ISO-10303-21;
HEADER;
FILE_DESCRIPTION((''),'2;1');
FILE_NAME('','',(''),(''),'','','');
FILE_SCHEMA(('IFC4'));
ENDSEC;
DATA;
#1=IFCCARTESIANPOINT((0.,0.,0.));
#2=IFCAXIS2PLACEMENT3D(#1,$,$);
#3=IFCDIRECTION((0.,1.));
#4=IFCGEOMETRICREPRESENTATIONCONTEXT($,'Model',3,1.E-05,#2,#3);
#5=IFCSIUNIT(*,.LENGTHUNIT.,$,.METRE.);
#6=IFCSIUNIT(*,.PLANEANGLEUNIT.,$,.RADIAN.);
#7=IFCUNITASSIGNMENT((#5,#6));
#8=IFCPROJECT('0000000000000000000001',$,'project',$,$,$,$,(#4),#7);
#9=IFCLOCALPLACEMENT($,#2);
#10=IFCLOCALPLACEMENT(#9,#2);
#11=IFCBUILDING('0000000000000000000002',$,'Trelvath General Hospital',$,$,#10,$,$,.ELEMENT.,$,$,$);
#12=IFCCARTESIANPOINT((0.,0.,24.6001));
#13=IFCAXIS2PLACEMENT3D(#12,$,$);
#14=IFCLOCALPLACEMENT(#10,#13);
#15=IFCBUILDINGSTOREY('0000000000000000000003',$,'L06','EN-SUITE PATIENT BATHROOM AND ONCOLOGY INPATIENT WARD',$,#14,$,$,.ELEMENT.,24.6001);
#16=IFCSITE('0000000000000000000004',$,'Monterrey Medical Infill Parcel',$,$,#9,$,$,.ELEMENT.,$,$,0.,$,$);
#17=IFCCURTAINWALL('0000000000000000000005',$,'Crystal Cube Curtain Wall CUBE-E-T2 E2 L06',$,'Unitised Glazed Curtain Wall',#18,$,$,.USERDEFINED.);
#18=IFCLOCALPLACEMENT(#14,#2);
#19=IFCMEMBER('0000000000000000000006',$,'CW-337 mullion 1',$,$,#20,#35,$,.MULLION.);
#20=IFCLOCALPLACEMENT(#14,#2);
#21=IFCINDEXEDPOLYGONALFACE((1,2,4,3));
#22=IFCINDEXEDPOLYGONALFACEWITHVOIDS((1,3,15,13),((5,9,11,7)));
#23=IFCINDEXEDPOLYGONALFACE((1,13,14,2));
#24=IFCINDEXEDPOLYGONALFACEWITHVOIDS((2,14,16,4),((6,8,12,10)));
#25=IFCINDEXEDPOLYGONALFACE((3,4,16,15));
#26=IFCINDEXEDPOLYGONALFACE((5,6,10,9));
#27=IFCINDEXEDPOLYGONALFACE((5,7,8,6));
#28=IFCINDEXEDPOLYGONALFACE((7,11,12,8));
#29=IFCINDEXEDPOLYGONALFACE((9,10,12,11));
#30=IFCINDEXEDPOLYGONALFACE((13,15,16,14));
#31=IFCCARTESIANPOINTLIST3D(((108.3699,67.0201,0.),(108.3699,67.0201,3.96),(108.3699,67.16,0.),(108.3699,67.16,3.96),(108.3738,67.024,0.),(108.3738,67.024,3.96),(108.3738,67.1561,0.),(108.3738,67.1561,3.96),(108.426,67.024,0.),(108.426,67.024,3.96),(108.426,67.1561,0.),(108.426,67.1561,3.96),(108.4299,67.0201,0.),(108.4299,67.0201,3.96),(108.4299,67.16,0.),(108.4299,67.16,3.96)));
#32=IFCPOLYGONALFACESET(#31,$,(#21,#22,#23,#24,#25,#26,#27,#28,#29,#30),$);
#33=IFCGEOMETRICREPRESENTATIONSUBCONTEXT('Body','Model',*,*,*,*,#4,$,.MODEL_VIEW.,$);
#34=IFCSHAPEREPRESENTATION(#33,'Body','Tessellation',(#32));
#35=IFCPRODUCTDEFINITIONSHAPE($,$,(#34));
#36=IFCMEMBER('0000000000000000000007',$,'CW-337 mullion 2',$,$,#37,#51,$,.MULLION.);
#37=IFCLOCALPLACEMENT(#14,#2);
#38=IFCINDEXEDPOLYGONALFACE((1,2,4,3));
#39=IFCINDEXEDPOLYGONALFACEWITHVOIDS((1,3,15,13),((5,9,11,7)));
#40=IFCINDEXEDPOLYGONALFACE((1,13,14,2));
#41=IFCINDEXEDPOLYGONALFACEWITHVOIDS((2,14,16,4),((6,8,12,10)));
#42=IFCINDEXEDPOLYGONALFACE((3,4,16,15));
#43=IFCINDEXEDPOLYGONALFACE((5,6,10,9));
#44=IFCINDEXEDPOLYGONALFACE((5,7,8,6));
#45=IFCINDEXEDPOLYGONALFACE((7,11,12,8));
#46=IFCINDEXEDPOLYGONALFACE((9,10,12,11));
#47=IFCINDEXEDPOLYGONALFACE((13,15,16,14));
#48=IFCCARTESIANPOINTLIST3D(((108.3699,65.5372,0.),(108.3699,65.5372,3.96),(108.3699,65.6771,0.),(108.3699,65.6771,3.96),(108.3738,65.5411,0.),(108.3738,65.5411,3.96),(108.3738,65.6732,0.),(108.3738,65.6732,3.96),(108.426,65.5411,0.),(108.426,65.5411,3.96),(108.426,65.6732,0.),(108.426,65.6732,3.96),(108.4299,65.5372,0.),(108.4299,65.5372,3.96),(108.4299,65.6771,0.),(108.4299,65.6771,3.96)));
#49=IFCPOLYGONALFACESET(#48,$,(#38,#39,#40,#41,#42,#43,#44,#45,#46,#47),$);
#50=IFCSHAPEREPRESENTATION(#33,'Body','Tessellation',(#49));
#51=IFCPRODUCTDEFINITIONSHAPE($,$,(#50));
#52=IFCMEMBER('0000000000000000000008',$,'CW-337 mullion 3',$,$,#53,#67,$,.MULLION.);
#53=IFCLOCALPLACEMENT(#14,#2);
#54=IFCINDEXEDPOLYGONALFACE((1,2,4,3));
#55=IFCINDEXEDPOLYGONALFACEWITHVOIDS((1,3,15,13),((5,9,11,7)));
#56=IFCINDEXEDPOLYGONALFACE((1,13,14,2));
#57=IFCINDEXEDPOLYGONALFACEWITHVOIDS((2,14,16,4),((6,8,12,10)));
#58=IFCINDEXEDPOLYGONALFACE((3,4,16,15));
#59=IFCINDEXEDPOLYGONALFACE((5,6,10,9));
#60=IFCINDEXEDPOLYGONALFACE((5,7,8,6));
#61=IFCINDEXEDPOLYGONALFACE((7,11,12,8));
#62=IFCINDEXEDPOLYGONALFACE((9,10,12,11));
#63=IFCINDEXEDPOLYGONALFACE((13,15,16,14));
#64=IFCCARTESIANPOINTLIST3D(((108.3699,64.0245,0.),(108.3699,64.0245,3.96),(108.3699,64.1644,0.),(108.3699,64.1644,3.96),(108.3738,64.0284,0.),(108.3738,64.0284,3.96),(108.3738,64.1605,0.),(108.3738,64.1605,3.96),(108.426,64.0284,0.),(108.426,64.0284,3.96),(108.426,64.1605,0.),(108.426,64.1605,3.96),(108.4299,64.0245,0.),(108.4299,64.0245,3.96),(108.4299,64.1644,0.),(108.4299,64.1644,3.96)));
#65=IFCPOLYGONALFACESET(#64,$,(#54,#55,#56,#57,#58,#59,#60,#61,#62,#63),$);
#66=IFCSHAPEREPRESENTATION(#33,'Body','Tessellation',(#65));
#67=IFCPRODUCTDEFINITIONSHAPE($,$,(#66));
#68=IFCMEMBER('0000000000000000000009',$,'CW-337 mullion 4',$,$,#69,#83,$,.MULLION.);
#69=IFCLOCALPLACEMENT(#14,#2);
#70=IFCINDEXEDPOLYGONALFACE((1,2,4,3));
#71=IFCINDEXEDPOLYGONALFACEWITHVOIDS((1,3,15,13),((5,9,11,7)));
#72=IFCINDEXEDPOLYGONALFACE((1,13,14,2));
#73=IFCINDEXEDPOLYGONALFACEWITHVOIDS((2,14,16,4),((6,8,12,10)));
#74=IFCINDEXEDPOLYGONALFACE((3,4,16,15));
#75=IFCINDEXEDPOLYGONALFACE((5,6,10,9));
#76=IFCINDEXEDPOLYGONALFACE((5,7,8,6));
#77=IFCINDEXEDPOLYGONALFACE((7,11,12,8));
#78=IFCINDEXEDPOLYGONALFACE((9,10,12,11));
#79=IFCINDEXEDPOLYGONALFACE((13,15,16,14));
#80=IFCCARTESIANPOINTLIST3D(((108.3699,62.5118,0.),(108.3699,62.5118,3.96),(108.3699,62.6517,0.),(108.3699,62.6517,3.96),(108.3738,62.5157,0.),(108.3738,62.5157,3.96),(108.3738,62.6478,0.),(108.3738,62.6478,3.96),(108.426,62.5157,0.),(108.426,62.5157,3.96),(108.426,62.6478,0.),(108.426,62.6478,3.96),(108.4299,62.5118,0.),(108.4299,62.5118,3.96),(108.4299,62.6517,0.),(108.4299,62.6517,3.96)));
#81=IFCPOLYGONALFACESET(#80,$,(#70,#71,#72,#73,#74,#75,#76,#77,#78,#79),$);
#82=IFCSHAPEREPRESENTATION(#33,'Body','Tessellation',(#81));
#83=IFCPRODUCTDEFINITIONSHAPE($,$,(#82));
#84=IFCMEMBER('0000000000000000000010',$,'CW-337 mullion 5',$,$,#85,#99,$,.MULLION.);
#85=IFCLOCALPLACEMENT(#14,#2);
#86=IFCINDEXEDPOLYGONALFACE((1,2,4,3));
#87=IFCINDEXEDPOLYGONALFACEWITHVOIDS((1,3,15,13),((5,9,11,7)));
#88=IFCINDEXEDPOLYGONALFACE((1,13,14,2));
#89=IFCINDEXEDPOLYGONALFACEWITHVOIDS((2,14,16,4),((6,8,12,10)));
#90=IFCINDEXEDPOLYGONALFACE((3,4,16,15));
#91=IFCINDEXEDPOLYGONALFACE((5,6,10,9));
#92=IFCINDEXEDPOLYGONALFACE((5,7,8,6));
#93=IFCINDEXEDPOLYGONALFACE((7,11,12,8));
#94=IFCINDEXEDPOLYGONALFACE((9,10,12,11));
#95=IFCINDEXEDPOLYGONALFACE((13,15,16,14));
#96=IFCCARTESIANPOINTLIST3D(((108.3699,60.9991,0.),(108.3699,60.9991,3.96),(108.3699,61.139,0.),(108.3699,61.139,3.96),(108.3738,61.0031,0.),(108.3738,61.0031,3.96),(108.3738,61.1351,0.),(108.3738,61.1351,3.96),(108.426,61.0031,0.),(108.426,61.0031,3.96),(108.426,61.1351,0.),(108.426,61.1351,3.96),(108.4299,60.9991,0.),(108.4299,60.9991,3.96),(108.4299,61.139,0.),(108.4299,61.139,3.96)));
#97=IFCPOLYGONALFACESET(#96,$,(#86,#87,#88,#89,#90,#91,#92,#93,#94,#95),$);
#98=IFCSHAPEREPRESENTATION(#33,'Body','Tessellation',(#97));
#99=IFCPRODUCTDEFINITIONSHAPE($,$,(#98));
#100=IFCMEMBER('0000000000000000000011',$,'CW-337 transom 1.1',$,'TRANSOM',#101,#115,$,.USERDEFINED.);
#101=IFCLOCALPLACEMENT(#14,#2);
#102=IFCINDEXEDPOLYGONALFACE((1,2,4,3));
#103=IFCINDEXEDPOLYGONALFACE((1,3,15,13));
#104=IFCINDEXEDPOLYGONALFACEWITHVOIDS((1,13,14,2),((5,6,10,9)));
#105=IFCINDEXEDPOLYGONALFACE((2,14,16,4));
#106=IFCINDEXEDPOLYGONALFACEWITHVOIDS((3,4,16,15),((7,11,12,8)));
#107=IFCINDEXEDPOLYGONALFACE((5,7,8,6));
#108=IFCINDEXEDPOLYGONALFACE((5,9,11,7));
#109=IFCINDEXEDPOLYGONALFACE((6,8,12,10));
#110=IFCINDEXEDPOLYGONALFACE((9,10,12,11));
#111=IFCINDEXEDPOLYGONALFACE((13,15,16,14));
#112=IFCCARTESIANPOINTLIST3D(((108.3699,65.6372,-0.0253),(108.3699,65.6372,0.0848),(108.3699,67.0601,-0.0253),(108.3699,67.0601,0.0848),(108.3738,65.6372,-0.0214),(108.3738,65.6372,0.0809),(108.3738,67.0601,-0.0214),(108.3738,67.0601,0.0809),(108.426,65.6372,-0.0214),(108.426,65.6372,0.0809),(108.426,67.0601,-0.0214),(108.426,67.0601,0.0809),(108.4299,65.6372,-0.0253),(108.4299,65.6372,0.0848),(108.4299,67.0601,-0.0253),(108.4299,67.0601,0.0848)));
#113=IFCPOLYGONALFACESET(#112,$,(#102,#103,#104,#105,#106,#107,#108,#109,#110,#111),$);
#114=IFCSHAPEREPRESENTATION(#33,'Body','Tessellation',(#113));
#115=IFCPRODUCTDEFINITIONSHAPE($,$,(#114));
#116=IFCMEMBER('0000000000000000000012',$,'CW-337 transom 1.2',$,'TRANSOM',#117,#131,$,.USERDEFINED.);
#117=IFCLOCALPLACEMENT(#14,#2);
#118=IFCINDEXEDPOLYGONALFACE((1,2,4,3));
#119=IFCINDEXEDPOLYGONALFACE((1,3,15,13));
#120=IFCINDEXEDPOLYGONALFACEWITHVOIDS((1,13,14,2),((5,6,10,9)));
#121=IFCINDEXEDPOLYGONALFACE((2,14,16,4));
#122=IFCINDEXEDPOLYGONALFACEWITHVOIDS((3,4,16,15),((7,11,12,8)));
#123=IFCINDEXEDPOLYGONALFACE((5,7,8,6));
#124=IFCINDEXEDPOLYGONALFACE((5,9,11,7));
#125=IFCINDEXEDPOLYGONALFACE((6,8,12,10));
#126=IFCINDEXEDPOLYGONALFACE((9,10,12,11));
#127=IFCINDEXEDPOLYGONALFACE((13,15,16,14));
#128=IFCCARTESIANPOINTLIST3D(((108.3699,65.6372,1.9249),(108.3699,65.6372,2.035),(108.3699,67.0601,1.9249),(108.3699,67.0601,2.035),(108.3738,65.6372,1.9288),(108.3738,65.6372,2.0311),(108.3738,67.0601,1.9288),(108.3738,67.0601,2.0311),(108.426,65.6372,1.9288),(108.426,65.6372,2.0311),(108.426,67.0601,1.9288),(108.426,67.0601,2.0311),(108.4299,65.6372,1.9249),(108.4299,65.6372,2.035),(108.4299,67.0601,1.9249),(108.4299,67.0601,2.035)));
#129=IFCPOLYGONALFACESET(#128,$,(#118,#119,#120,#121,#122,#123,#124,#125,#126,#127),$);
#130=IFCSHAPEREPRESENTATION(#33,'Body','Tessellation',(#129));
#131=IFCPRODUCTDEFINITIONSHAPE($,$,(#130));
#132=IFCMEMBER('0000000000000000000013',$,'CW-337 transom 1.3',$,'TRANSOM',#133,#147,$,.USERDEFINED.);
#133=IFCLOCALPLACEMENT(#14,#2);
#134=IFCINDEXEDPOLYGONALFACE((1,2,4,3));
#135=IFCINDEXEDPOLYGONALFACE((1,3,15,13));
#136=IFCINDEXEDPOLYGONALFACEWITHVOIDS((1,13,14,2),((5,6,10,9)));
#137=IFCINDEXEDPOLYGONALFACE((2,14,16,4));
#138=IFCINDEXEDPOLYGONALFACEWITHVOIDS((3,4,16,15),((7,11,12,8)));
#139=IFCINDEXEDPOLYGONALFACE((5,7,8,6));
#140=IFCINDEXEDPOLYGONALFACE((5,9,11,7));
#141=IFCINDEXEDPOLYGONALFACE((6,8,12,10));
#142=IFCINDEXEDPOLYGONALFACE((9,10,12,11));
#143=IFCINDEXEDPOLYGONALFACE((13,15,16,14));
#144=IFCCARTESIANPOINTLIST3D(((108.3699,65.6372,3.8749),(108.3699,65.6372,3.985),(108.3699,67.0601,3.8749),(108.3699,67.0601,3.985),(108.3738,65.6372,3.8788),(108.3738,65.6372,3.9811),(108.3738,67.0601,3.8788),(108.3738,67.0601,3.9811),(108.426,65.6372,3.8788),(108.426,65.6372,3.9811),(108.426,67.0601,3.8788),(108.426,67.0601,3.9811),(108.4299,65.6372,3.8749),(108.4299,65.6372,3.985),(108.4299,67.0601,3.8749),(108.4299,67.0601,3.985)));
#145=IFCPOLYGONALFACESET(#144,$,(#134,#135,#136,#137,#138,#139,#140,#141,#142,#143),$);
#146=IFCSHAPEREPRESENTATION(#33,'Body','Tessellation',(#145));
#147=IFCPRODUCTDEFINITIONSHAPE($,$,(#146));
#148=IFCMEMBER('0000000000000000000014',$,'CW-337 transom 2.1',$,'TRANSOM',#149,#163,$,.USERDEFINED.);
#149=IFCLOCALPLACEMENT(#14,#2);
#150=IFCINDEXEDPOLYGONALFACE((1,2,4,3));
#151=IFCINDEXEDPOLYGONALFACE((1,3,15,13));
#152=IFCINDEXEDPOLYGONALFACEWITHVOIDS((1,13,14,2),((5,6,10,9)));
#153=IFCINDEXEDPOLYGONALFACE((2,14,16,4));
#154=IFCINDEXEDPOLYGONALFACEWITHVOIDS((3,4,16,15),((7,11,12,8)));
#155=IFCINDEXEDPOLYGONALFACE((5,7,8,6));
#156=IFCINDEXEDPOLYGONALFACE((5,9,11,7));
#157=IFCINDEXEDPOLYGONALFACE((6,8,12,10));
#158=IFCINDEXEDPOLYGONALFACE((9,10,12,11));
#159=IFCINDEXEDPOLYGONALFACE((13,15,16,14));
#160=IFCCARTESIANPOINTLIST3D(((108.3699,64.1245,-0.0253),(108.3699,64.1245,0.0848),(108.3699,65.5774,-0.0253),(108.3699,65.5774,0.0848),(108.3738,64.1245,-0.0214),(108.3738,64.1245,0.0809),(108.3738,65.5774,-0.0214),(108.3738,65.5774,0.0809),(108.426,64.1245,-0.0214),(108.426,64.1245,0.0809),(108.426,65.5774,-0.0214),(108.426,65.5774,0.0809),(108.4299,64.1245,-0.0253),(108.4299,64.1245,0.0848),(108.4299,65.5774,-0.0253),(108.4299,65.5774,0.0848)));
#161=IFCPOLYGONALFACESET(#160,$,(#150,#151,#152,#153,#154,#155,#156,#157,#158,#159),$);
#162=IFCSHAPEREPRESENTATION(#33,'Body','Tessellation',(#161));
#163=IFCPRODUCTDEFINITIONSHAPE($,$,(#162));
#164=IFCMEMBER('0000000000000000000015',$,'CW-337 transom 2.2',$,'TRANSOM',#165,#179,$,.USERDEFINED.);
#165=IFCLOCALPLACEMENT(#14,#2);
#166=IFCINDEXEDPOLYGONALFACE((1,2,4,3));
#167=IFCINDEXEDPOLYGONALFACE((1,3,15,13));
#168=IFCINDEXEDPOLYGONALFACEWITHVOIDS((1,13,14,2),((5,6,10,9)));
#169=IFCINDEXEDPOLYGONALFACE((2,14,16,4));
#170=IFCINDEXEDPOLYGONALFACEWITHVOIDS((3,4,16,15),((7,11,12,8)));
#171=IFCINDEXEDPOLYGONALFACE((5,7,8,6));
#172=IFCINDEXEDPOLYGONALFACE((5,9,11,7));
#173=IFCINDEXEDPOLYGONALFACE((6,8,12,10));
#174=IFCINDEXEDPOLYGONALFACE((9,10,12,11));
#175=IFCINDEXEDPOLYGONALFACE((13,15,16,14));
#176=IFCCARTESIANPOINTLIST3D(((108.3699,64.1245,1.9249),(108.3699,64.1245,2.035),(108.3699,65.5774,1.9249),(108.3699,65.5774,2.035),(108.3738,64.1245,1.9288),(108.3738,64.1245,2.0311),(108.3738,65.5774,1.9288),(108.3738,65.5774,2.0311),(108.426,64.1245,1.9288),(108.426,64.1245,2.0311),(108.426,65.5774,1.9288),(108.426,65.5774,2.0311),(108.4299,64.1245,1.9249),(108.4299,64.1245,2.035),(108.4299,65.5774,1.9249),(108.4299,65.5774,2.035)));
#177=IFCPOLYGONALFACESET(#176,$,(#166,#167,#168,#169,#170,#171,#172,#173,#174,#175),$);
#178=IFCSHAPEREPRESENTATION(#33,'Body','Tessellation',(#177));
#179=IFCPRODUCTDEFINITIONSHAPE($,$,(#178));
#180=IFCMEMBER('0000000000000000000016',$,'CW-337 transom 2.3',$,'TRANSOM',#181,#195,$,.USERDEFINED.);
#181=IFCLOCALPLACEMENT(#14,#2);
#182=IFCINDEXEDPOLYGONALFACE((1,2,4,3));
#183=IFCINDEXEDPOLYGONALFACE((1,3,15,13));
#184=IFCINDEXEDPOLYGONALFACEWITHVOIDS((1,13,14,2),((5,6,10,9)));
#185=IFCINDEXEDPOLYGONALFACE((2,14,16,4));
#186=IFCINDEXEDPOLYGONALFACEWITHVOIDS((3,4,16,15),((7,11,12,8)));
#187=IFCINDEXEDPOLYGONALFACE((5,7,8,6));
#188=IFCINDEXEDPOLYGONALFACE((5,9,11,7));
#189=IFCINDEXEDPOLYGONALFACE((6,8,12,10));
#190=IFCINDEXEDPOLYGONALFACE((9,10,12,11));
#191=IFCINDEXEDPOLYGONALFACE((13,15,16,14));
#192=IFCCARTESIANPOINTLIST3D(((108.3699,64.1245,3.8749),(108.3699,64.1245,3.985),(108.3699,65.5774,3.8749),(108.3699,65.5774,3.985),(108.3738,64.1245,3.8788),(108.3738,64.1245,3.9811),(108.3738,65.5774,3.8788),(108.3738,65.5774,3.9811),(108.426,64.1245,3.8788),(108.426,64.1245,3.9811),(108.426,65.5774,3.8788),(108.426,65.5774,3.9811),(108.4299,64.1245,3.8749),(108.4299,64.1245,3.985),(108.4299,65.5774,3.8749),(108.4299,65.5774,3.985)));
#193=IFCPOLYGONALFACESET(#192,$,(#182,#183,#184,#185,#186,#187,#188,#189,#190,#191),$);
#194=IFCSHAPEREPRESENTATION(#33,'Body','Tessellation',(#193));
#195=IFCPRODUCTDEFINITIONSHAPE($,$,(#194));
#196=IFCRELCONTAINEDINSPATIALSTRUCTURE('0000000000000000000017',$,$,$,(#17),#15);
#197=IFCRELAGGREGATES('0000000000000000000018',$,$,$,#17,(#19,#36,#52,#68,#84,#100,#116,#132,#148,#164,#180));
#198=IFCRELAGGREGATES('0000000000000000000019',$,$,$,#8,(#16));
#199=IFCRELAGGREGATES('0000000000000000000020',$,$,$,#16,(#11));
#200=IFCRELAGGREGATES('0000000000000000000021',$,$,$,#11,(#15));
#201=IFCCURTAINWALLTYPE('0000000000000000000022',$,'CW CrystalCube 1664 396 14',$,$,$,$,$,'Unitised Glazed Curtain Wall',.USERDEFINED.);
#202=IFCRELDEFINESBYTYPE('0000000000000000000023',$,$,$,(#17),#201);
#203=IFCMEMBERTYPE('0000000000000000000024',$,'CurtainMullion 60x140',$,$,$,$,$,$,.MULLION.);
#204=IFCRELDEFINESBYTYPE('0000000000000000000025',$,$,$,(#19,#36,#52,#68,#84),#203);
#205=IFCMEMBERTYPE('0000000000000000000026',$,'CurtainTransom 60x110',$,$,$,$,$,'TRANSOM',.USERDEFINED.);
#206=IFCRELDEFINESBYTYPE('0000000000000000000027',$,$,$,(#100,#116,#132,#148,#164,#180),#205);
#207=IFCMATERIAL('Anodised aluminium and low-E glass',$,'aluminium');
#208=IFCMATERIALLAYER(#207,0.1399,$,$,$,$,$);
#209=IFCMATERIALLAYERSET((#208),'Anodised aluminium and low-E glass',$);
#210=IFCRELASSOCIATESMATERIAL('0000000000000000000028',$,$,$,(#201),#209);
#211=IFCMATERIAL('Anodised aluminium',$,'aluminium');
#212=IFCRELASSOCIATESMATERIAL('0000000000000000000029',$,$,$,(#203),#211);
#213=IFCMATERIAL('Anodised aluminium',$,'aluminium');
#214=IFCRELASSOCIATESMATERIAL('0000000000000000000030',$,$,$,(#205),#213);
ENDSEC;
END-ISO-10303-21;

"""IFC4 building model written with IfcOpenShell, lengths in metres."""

from ifc_helpers import new_model, si_unit, direction, frame, origin, origin_2d, place, context, subcontext, project, spatial, hollow_rectangle, extrude, material, layer, layer_set, material_profile, profile_set, type_object, element, aggregate, save


model = new_model("IFC4")

# Units and contexts
model_context = context("Model", 3, precision=1e-05, world=origin(), true_north=direction((0.0, 1.0)))
body_context = subcontext(model_context, "Body", "Model", "MODEL_VIEW")
ifc_project = project(units=[si_unit("LENGTHUNIT", "METRE"), si_unit("PLANEANGLEUNIT", "RADIAN")], contexts=[model_context])

# Site, building, storey
site_placement = place(None, origin())
site = spatial("IfcSite", under=ifc_project, at=site_placement, Name="Monterrey Medical Infill Parcel", CompositionType="ELEMENT", RefElevation=0.0)
building_placement = place(site_placement, origin())
building = spatial("IfcBuilding", under=site, at=building_placement, Name="Trelvath General Hospital", CompositionType="ELEMENT")
storey_placement = place(building_placement, frame((0.0, 0.0, 24.6001)))
storey = spatial("IfcBuildingStorey", under=building, at=storey_placement, Name="L06", Description="EN-SUITE PATIENT BATHROOM AND ONCOLOGY INPATIENT WARD", CompositionType="ELEMENT", Elevation=24.6001)

# Curtain wall, members
ifc_material_1 = material(Name="Anodised aluminium and low-E glass", Category="aluminium")
ifc_layer_1 = layer(ifc_material_1, 0.1399)
ifc_layer_set_1 = layer_set([ifc_layer_1], Name="Anodised aluminium and low-E glass")
curtain_wall_type = type_object("IfcCurtainWallType", Name="CW CrystalCube 1664 396 14", ElementType="Unitised Glazed Curtain Wall", PredefinedType="USERDEFINED", material=ifc_layer_set_1)
curtain_wall_placement = place(storey_placement, origin())
curtain_wall = element("IfcCurtainWall", 1, at=curtain_wall_placement, inside=storey, type_object=curtain_wall_type, Name="Crystal Cube Curtain Wall CUBE-E-T2 E2 L06", ObjectType="Unitised Glazed Curtain Wall", PredefinedType="USERDEFINED")
ifc_material_2 = material(Name="Anodised aluminium", Category="aluminium")
ifc_material_profile_1 = material_profile(ifc_material_2, hollow_rectangle(XDim=0.0601, YDim=0.1399, WallThickness=0.0039, at=origin_2d()), Name="RHS60x140x4")
ifc_profile_set_1 = profile_set([ifc_material_profile_1], Name="Anodised aluminium")
member_type_1 = type_object("IfcMemberType", Name="CurtainMullion 60x140", PredefinedType="MULLION", material=ifc_profile_set_1)
member_1_placement = place(storey_placement, frame((108.3999, 67.0901, 0.0), z_axis=(0.0, 0.0, 1.0), x_axis=(1.0, 0.0, 0.0)))
member_1 = element("IfcMember", 2, at=member_1_placement, type_object=member_type_1, Name="CW-337 mullion 1", PredefinedType="MULLION", context=body_context, shape_type="SweptSolid", body=[
    extrude(hollow_rectangle(XDim=0.0601, YDim=0.1399, WallThickness=0.0039, at=origin_2d()), origin(), (0.0, 0.0, 1.0), 3.96),
])
member_2_placement = place(storey_placement, frame((108.3999, 65.6072, 0.0), z_axis=(0.0, 0.0, 1.0), x_axis=(1.0, 0.0, 0.0)))
member_2 = element("IfcMember", 3, at=member_2_placement, type_object=member_type_1, Name="CW-337 mullion 2", PredefinedType="MULLION", context=body_context, shape_type="SweptSolid", body=[
    extrude(hollow_rectangle(XDim=0.0601, YDim=0.1399, WallThickness=0.0039, at=origin_2d()), origin(), (0.0, 0.0, 1.0), 3.96),
])
member_3_placement = place(storey_placement, frame((108.3999, 64.0945, 0.0), z_axis=(0.0, 0.0, 1.0), x_axis=(1.0, 0.0, 0.0)))
member_3 = element("IfcMember", 4, at=member_3_placement, type_object=member_type_1, Name="CW-337 mullion 3", PredefinedType="MULLION", context=body_context, shape_type="SweptSolid", body=[
    extrude(hollow_rectangle(XDim=0.0601, YDim=0.1399, WallThickness=0.0039, at=origin_2d()), origin(), (0.0, 0.0, 1.0), 3.96),
])
member_4_placement = place(storey_placement, frame((108.3999, 62.5818, 0.0), z_axis=(0.0, 0.0, 1.0), x_axis=(1.0, 0.0, 0.0)))
member_4 = element("IfcMember", 5, at=member_4_placement, type_object=member_type_1, Name="CW-337 mullion 4", PredefinedType="MULLION", context=body_context, shape_type="SweptSolid", body=[
    extrude(hollow_rectangle(XDim=0.0601, YDim=0.1399, WallThickness=0.0039, at=origin_2d()), origin(), (0.0, 0.0, 1.0), 3.96),
])
member_5_placement = place(storey_placement, frame((108.3999, 61.0691, 0.0), z_axis=(0.0, 0.0, 1.0), x_axis=(1.0, 0.0, 0.0)))
member_5 = element("IfcMember", 6, at=member_5_placement, type_object=member_type_1, Name="CW-337 mullion 5", PredefinedType="MULLION", context=body_context, shape_type="SweptSolid", body=[
    extrude(hollow_rectangle(XDim=0.0601, YDim=0.1399, WallThickness=0.0039, at=origin_2d()), origin(), (0.0, 0.0, 1.0), 3.96),
])
ifc_material_3 = material(Name="Anodised aluminium", Category="aluminium")
ifc_material_profile_2 = material_profile(ifc_material_3, hollow_rectangle(XDim=0.0601, YDim=0.1101, WallThickness=0.0039, at=origin_2d()), Name="RHS60x110x4")
ifc_profile_set_2 = profile_set([ifc_material_profile_2], Name="Anodised aluminium")
member_type_2 = type_object("IfcMemberType", Name="CurtainTransom 60x110", ElementType="TRANSOM", PredefinedType="USERDEFINED", material=ifc_profile_set_2)
member_6_placement = place(storey_placement, frame((108.3999, 67.0601, 0.0298), z_axis=(0.0, -1.0, 0.0), x_axis=(1.0, 0.0, 0.0)))
member_6 = element("IfcMember", 7, at=member_6_placement, type_object=member_type_2, Name="CW-337 transom 1.1", ObjectType="TRANSOM", PredefinedType="USERDEFINED", context=body_context, shape_type="SweptSolid", body=[
    extrude(hollow_rectangle(XDim=0.0601, YDim=0.1101, WallThickness=0.0039, at=origin_2d()), origin(), (0.0, 0.0, 1.0), 1.4229),
])
member_7_placement = place(storey_placement, frame((108.3999, 67.0601, 1.98), z_axis=(0.0, -1.0, 0.0), x_axis=(1.0, 0.0, 0.0)))
member_7 = element("IfcMember", 8, at=member_7_placement, type_object=member_type_2, Name="CW-337 transom 1.2", ObjectType="TRANSOM", PredefinedType="USERDEFINED", context=body_context, shape_type="SweptSolid", body=[
    extrude(hollow_rectangle(XDim=0.0601, YDim=0.1101, WallThickness=0.0039, at=origin_2d()), origin(), (0.0, 0.0, 1.0), 1.4229),
])
member_8_placement = place(storey_placement, frame((108.3999, 67.0601, 3.9299), z_axis=(0.0, -1.0, 0.0), x_axis=(1.0, 0.0, 0.0)))
member_8 = element("IfcMember", 9, at=member_8_placement, type_object=member_type_2, Name="CW-337 transom 1.3", ObjectType="TRANSOM", PredefinedType="USERDEFINED", context=body_context, shape_type="SweptSolid", body=[
    extrude(hollow_rectangle(XDim=0.0601, YDim=0.1101, WallThickness=0.0039, at=origin_2d()), origin(), (0.0, 0.0, 1.0), 1.4229),
])
member_9_placement = place(storey_placement, frame((108.3999, 65.5774, 0.0298), z_axis=(0.0, -1.0, 0.0), x_axis=(1.0, 0.0, 0.0)))
member_9 = element("IfcMember", 10, at=member_9_placement, type_object=member_type_2, Name="CW-337 transom 2.1", ObjectType="TRANSOM", PredefinedType="USERDEFINED", context=body_context, shape_type="SweptSolid", body=[
    extrude(hollow_rectangle(XDim=0.0601, YDim=0.1101, WallThickness=0.0039, at=origin_2d()), origin(), (0.0, 0.0, 1.0), 1.4529),
])
member_10_placement = place(storey_placement, frame((108.3999, 65.5774, 1.98), z_axis=(0.0, -1.0, 0.0), x_axis=(1.0, 0.0, 0.0)))
member_10 = element("IfcMember", 11, at=member_10_placement, type_object=member_type_2, Name="CW-337 transom 2.2", ObjectType="TRANSOM", PredefinedType="USERDEFINED", context=body_context, shape_type="SweptSolid", body=[
    extrude(hollow_rectangle(XDim=0.0601, YDim=0.1101, WallThickness=0.0039, at=origin_2d()), origin(), (0.0, 0.0, 1.0), 1.4529),
])
member_11_placement = place(storey_placement, frame((108.3999, 65.5774, 3.9299), z_axis=(0.0, -1.0, 0.0), x_axis=(1.0, 0.0, 0.0)))
member_11 = element("IfcMember", 12, at=member_11_placement, type_object=member_type_2, Name="CW-337 transom 2.3", ObjectType="TRANSOM", PredefinedType="USERDEFINED", context=body_context, shape_type="SweptSolid", body=[
    extrude(hollow_rectangle(XDim=0.0601, YDim=0.1101, WallThickness=0.0039, at=origin_2d()), origin(), (0.0, 0.0, 1.0), 1.4529),
])
aggregate(curtain_wall, [member_1, member_2, member_3, member_4, member_5, member_6, member_7, member_8, member_9, member_10, member_11])

save(model, "model.ifc")
